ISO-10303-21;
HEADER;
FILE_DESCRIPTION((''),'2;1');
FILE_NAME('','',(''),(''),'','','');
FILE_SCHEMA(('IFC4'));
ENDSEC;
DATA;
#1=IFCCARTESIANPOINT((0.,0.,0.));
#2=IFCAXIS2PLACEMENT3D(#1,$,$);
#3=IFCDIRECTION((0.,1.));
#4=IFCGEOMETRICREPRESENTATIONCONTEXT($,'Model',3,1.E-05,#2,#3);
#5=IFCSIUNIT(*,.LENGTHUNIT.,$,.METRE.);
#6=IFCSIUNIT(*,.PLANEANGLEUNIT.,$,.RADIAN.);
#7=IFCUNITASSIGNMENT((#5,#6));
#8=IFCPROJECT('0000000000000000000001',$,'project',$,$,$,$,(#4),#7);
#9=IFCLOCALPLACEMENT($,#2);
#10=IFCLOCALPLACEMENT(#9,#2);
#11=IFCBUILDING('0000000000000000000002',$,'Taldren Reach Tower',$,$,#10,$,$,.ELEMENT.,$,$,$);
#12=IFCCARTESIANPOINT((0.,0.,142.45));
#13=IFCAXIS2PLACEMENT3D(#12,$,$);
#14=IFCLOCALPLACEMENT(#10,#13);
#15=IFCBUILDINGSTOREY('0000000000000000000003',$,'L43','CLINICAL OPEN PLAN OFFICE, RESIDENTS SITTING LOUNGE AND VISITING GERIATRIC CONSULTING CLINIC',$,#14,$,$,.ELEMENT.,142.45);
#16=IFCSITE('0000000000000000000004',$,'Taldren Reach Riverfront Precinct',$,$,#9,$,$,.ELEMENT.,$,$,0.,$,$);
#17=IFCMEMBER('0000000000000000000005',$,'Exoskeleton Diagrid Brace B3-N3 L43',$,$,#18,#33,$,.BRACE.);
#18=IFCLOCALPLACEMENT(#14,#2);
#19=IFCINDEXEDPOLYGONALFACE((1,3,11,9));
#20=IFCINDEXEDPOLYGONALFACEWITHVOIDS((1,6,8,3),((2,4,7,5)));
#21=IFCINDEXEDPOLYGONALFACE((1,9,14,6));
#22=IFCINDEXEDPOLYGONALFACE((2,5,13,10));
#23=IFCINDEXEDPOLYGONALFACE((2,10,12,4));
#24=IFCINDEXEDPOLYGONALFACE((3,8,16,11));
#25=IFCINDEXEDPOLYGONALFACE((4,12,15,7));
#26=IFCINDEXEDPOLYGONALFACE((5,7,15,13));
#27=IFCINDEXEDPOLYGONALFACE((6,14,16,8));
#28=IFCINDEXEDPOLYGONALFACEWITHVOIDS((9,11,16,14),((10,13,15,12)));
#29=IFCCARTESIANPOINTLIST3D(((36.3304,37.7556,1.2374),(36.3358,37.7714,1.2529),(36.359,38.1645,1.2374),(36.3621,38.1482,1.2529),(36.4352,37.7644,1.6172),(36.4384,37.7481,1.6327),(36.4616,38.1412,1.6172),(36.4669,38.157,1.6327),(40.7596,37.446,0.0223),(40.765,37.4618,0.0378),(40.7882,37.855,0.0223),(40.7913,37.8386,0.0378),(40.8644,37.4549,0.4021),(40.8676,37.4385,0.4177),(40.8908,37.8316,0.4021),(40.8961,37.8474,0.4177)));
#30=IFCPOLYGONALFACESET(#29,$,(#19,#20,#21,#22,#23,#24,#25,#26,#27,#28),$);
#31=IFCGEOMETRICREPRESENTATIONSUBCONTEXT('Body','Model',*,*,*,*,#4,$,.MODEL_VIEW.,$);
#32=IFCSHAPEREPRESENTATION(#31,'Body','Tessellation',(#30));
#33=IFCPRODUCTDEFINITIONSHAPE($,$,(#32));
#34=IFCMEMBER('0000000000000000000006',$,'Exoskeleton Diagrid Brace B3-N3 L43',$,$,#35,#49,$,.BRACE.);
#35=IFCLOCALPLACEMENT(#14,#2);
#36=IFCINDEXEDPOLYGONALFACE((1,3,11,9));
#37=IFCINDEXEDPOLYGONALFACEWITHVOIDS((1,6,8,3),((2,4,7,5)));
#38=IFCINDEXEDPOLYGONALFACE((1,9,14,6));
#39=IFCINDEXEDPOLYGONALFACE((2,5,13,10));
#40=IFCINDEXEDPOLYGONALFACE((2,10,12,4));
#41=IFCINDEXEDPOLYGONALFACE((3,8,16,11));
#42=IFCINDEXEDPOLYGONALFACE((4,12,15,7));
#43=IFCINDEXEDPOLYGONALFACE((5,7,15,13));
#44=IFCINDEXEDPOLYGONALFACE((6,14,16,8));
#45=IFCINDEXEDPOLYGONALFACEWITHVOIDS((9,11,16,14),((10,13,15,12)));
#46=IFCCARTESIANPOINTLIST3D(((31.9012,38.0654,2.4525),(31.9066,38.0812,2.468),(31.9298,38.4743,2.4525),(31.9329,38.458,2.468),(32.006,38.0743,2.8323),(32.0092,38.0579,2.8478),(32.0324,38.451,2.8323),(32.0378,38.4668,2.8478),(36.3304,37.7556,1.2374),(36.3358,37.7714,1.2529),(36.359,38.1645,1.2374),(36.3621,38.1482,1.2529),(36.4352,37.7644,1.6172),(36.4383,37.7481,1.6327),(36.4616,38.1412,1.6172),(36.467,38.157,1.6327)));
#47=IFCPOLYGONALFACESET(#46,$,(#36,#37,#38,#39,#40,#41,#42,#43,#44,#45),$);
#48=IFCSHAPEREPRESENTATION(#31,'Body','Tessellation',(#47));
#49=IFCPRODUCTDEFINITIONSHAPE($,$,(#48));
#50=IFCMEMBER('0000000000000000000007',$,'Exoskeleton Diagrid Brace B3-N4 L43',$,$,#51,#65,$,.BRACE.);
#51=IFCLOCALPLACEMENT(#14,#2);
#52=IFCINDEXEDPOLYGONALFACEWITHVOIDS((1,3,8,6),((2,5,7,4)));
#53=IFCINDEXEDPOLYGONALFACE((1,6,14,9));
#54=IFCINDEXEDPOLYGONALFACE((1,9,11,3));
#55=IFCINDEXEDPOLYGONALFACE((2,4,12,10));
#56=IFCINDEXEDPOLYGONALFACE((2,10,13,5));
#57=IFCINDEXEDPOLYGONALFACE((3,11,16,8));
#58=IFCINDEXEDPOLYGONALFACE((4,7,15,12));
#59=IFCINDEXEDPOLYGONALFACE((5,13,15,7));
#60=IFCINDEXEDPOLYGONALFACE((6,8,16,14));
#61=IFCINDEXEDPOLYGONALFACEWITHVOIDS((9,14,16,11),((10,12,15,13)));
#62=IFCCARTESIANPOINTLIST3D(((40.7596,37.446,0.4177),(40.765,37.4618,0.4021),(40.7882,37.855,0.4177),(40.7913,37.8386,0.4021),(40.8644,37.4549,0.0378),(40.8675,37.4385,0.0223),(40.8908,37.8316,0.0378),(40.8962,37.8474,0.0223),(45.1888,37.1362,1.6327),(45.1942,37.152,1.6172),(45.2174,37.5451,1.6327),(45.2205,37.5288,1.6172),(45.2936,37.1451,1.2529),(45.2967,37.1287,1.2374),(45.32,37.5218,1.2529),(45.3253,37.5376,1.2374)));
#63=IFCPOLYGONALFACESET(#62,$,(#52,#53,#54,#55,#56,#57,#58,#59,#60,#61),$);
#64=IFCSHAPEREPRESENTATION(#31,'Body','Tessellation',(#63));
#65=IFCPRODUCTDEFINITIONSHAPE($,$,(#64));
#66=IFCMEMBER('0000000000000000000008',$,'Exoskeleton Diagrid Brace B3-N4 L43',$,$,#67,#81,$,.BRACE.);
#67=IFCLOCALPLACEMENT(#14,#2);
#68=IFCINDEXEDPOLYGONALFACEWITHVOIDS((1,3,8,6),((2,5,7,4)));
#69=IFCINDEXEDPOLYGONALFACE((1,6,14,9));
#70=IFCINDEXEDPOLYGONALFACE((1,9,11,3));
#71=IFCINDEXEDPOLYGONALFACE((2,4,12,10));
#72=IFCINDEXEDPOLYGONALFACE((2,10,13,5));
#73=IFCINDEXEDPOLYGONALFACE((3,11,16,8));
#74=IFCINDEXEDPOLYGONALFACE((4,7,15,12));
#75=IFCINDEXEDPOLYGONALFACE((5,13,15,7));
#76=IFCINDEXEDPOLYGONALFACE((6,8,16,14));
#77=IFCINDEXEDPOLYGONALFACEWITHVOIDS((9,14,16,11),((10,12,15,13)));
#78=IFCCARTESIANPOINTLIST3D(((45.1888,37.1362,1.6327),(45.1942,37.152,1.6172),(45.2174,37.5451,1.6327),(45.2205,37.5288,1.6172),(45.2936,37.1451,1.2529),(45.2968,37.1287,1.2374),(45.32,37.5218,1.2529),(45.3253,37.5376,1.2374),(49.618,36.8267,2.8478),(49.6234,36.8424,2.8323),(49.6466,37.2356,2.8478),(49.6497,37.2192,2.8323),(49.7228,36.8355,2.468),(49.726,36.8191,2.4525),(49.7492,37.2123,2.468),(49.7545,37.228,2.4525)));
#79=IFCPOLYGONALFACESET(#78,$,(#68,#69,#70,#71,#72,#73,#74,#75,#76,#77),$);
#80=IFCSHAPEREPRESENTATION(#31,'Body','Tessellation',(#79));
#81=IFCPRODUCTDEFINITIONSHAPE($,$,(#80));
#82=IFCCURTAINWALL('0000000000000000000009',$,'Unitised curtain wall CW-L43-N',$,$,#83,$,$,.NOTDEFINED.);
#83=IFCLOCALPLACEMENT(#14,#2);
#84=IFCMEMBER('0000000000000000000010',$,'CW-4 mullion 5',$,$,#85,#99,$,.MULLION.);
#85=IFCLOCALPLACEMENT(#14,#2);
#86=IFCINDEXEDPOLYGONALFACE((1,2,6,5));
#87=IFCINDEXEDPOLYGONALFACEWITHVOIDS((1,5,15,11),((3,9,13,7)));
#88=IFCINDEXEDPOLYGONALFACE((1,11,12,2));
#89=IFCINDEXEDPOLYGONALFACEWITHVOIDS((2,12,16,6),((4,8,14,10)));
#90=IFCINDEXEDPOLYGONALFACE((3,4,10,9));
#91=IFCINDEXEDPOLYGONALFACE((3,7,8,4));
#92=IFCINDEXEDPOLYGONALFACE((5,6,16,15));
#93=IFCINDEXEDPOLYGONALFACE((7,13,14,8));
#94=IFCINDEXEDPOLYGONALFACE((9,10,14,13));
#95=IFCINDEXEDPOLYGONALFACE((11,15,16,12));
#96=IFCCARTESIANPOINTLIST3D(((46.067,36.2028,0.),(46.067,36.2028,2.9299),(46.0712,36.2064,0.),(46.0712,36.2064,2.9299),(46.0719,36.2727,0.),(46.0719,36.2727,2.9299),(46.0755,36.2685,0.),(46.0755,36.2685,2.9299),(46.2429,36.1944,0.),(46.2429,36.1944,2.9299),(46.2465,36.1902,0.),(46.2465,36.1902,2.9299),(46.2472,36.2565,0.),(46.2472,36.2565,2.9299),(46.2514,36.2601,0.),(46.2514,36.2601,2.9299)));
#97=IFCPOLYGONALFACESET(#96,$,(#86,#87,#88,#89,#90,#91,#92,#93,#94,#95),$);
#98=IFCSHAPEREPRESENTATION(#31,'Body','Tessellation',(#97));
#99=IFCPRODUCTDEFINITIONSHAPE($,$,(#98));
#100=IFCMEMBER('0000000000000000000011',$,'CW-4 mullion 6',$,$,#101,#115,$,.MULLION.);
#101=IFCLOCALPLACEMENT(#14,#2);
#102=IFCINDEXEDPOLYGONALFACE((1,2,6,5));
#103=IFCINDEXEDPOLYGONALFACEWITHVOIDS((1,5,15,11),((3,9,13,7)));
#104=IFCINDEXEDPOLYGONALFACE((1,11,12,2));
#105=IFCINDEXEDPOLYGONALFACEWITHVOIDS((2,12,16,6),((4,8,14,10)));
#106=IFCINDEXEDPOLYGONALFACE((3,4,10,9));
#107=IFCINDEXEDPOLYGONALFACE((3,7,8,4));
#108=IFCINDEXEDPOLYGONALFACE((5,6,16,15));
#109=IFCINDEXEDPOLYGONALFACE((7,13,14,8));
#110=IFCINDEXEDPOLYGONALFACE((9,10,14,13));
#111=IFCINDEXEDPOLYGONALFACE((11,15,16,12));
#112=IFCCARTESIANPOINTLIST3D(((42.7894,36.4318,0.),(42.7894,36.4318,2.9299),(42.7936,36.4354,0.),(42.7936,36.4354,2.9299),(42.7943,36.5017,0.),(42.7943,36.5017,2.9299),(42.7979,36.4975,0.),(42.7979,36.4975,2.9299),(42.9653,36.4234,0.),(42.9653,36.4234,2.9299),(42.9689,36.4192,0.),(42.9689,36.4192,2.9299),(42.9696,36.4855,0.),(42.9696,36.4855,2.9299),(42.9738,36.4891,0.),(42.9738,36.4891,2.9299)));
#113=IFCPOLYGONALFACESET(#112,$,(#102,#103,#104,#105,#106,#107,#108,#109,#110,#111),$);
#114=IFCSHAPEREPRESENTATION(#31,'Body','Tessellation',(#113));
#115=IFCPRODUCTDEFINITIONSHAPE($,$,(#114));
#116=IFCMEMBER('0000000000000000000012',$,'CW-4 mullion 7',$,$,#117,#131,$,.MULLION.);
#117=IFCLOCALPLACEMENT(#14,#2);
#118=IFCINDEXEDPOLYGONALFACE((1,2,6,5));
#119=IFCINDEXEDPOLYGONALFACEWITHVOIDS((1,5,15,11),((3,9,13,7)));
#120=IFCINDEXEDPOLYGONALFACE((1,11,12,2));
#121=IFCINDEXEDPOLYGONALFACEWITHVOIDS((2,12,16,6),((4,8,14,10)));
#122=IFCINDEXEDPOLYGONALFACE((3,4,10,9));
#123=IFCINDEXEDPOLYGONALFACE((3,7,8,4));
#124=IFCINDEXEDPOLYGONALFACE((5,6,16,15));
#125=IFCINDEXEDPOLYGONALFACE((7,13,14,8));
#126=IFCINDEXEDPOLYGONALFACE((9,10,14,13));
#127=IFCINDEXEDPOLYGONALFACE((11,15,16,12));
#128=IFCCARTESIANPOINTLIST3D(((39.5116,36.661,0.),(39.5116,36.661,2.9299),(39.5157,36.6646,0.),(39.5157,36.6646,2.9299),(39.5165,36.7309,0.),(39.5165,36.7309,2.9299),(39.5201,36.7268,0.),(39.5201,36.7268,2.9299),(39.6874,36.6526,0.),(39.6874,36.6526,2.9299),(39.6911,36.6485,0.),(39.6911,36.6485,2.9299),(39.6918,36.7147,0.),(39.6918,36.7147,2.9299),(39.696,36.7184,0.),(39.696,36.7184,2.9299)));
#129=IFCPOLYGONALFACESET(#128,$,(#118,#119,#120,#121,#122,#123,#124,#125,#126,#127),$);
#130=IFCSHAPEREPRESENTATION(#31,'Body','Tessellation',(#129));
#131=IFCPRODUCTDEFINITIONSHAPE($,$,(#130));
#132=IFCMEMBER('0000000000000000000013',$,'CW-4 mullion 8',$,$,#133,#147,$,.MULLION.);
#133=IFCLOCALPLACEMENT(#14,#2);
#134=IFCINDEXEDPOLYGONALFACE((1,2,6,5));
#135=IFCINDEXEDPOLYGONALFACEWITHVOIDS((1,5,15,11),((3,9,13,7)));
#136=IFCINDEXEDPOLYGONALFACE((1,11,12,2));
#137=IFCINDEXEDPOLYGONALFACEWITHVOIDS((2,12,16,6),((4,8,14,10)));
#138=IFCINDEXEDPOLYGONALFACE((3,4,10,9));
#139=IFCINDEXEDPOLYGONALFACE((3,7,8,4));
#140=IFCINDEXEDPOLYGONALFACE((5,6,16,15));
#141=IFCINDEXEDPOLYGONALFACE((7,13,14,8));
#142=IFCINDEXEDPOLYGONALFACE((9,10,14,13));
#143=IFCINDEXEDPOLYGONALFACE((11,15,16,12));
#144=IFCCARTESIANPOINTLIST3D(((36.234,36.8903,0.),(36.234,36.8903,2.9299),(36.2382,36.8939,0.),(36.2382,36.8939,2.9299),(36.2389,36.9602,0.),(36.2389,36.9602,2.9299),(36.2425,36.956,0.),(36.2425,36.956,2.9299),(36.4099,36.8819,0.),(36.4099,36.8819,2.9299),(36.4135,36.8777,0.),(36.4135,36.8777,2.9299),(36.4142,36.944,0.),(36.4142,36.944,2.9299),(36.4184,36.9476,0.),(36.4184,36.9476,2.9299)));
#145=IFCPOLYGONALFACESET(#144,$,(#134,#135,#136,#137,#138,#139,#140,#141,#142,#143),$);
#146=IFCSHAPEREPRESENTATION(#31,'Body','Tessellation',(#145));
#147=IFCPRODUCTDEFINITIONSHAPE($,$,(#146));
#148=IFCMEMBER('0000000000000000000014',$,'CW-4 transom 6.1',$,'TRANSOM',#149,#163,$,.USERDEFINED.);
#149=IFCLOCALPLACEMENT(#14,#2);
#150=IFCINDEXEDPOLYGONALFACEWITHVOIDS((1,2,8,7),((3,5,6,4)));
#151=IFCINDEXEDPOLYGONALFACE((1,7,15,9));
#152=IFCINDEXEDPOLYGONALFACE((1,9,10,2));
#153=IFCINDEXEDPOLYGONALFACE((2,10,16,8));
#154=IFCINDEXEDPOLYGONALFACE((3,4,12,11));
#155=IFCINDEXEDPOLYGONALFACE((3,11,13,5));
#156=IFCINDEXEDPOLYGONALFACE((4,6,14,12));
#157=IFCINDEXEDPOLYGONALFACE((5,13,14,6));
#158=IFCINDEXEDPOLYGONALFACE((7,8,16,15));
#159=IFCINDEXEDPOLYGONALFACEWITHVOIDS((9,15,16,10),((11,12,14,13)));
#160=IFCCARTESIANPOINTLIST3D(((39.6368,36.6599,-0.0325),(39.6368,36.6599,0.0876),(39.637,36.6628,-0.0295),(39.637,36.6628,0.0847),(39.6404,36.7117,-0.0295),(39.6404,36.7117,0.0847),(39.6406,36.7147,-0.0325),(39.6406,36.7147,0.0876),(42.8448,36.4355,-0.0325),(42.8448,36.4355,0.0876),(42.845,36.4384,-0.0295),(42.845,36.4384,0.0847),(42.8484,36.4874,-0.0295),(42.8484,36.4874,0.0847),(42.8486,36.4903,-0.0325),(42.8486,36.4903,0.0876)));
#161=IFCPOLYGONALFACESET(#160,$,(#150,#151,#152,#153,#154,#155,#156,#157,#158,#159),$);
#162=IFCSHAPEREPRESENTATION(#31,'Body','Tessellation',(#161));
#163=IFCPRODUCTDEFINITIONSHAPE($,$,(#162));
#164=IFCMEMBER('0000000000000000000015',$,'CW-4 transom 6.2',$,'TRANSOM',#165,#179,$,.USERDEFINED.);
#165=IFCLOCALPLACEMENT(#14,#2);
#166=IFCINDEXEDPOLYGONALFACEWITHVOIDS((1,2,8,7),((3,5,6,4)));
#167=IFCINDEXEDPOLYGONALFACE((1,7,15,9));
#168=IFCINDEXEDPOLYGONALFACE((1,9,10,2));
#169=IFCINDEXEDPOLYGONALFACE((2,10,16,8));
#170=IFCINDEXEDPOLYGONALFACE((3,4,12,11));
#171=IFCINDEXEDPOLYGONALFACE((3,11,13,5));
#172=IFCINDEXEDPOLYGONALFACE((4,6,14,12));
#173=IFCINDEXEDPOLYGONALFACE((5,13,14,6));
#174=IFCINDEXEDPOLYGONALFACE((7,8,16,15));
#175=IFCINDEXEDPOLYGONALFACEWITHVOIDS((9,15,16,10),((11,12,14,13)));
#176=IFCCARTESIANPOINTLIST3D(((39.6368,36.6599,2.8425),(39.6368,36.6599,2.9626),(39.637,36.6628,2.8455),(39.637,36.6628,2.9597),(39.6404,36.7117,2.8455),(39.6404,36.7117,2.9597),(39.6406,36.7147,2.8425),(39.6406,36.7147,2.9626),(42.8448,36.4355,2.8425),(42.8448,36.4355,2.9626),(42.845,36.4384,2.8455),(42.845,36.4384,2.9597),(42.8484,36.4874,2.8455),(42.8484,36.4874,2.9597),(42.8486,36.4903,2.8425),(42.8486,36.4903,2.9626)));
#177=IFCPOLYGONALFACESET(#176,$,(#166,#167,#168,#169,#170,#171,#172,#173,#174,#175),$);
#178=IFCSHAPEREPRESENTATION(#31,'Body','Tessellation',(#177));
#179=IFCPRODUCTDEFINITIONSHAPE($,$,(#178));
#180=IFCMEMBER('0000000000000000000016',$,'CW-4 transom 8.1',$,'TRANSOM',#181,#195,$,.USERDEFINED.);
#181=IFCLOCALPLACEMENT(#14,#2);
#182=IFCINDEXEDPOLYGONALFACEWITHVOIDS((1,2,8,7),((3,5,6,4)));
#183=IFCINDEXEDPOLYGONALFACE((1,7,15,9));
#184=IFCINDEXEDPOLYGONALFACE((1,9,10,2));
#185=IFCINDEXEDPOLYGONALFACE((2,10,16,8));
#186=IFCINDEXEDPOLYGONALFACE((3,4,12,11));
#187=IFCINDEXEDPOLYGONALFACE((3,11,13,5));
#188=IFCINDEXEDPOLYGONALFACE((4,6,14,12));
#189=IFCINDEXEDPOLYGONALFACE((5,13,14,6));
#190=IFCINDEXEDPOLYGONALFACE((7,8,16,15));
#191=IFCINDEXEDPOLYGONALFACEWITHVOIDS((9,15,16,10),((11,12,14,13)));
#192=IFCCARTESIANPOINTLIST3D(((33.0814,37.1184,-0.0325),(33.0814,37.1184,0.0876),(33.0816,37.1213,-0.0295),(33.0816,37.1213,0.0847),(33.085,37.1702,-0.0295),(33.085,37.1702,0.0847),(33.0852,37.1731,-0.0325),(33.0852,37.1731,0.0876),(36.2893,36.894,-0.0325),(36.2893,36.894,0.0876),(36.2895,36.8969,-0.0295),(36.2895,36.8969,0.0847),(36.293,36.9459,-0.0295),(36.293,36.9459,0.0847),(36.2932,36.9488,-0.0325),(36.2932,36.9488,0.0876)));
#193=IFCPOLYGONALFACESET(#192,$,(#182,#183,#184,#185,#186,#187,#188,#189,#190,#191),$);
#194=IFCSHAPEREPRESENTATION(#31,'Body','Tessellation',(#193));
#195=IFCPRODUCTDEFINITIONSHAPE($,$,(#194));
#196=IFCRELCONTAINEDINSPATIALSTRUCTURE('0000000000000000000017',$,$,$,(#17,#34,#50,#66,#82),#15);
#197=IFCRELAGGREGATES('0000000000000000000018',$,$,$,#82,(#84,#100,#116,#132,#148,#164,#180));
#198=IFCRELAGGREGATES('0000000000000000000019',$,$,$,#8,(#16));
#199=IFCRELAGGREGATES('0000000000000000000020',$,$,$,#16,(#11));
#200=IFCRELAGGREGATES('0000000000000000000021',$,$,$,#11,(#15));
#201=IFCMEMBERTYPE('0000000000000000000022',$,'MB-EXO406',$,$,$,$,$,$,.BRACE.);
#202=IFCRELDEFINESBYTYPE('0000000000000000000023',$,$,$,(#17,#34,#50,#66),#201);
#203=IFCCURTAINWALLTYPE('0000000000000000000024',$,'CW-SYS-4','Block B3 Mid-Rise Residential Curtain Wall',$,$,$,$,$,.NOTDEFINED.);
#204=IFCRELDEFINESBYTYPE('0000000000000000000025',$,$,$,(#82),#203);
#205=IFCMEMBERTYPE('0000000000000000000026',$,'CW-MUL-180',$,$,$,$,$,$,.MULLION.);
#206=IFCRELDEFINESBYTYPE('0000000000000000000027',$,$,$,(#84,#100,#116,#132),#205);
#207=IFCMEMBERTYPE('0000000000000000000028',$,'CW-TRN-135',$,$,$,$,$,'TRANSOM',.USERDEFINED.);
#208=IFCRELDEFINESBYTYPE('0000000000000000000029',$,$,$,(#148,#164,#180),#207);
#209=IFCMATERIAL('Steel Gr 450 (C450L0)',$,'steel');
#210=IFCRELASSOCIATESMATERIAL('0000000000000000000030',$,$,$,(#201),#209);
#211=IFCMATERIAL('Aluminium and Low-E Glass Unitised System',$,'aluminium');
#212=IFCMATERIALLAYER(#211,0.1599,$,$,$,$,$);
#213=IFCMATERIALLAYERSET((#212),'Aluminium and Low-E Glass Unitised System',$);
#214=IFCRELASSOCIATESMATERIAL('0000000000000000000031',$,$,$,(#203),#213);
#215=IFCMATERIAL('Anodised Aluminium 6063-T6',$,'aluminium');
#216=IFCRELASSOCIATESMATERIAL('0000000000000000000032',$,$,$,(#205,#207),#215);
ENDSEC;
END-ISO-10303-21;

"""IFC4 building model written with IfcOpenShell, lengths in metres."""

from ifc_helpers import new_model, si_unit, direction, frame, origin, origin_2d, place, context, subcontext, project, spatial, hollow_rectangle, extrude, source, transform, mapped, material, layer, layer_set, material_profile, profile_set, type_object, element, aggregate, save


model = new_model("IFC4")

# Units and contexts
model_context = context("Model", 3, precision=1e-05, world=origin(), true_north=direction((0.0, 1.0)))
body_context = subcontext(model_context, "Body", "Model", "MODEL_VIEW")
ifc_project = project(units=[si_unit("LENGTHUNIT", "METRE"), si_unit("PLANEANGLEUNIT", "RADIAN")], contexts=[model_context])

# Site, building, storey
site_placement = place(None, origin())
site = spatial("IfcSite", under=ifc_project, at=site_placement, Name="Taldren Reach Riverfront Precinct", CompositionType="ELEMENT", RefElevation=0.0)
building_placement = place(site_placement, origin())
building = spatial("IfcBuilding", under=site, at=building_placement, Name="Taldren Reach Tower", CompositionType="ELEMENT")
storey_placement = place(building_placement, frame((0.0, 0.0, 142.45)))
storey = spatial("IfcBuildingStorey", under=building, at=storey_placement, Name="L43", Description="CLINICAL OPEN PLAN OFFICE, RESIDENTS SITTING LOUNGE AND VISITING GERIATRIC CONSULTING CLINIC", CompositionType="ELEMENT", Elevation=142.45)

# Shared definitions
ifc_material_1 = material(Name="Steel Gr 450 (C450L0)", Category="steel")

# Members
ifc_material_profile_1 = material_profile(ifc_material_1, hollow_rectangle(XDim=0.4099, YDim=0.4099, WallThickness=0.0161, at=origin_2d()), Name="410x410x16.0SHS")
ifc_profile_set_1 = profile_set([ifc_material_profile_1], Name="Steel Gr 450 (C450L0)")
member_type_1 = type_object("IfcMemberType", Name="MB-EXO406", PredefinedType="BRACE", material=ifc_profile_set_1)
shared_shape_1 = source(origin(), body_context, "Body", "SweptSolid", [
    extrude(hollow_rectangle(XDim=0.4099, YDim=0.4099, WallThickness=0.0161, at=origin_2d()), origin(), (0.0, 0.0, 1.0), 4.6033),
])
for number, where, z_axis, x_axis, name in (
    (1, (40.8279, 37.6467, 0.22), (-0.962186, 0.06725, 0.263962), (-0.069723, -0.997566, 0.0), "Exoskeleton Diagrid Brace B3-N3 L43"),
    (2, (36.3987, 37.9563, 1.4351), (-0.962182, 0.067303, 0.263961), (-0.069778, -0.997563, 0.0), "Exoskeleton Diagrid Brace B3-N3 L43"),
    (3, (40.8279, 37.6467, 0.22), (0.962182, -0.067303, 0.263961), (0.069778, 0.997563, 0.0), "Exoskeleton Diagrid Brace B3-N4 L43"),
    (4, (45.2571, 37.3369, 1.4351), (0.962186, -0.06725, 0.263962), (0.069723, 0.997566, 0.0), "Exoskeleton Diagrid Brace B3-N4 L43"),
):
    element("IfcMember", number, at=place(storey_placement, frame(where, z_axis=z_axis, x_axis=x_axis)), inside=storey, type_object=member_type_1, Name=name, PredefinedType="BRACE", context=body_context, shape_type="MappedRepresentation", body=[
        mapped(shared_shape_1, transform((0.0, 0.0, 0.0), scale=1.0)),
    ])

# Curtain wall, members
ifc_material_2 = material(Name="Aluminium and Low-E Glass Unitised System", Category="aluminium")
ifc_layer_1 = layer(ifc_material_2, 0.1599)
ifc_layer_set_1 = layer_set([ifc_layer_1], Name="Aluminium and Low-E Glass Unitised System")
curtain_wall_type = type_object("IfcCurtainWallType", Name="CW-SYS-4", Description="Block B3 Mid-Rise Residential Curtain Wall", PredefinedType="NOTDEFINED", material=ifc_layer_set_1)
curtain_wall_placement = place(storey_placement, origin())
curtain_wall = element("IfcCurtainWall", 5, at=curtain_wall_placement, inside=storey, type_object=curtain_wall_type, Name="Unitised curtain wall CW-L43-N", PredefinedType="NOTDEFINED")
ifc_material_3 = material(Name="Anodised Aluminium 6063-T6", Category="aluminium")
ifc_material_profile_2 = material_profile(ifc_material_3, hollow_rectangle(XDim=0.0701, YDim=0.1799, WallThickness=0.0039, at=origin_2d()), Name="ALU-180x70x4RHS")
ifc_profile_set_2 = profile_set([ifc_material_profile_2], Name="Anodised Aluminium 6063-T6")
member_type_2 = type_object("IfcMemberType", Name="CW-MUL-180", PredefinedType="MULLION", material=ifc_profile_set_2)
shared_shape_2 = source(origin(), body_context, "Body", "SweptSolid", [
    extrude(hollow_rectangle(XDim=0.0701, YDim=0.1799, WallThickness=0.0039, at=origin_2d()), origin(), (0.0, 0.0, 1.0), 2.9299),
])
member_1_placement = place(storey_placement, frame((46.1592, 36.2314, 0.0), z_axis=(0.0, 0.0, 1.0), x_axis=(-0.069757, -0.997564, 0.0)))
member_1 = element("IfcMember", 6, at=member_1_placement, type_object=member_type_2, Name="CW-4 mullion 5", PredefinedType="MULLION", context=body_context, shape_type="MappedRepresentation", body=[
    mapped(shared_shape_2, transform((0.0, 0.0, 0.0), scale=1.0)),
])
member_2_placement = place(storey_placement, frame((42.8816, 36.4604, 0.0), z_axis=(0.0, 0.0, 1.0), x_axis=(-0.069757, -0.997564, 0.0)))
member_2 = element("IfcMember", 7, at=member_2_placement, type_object=member_type_2, Name="CW-4 mullion 6", PredefinedType="MULLION", context=body_context, shape_type="MappedRepresentation", body=[
    mapped(shared_shape_2, transform((0.0, 0.0, 0.0), scale=1.0)),
])
member_3_placement = place(storey_placement, frame((39.6038, 36.6897, 0.0), z_axis=(0.0, 0.0, 1.0), x_axis=(-0.069757, -0.997564, 0.0)))
member_3 = element("IfcMember", 8, at=member_3_placement, type_object=member_type_2, Name="CW-4 mullion 7", PredefinedType="MULLION", context=body_context, shape_type="MappedRepresentation", body=[
    mapped(shared_shape_2, transform((0.0, 0.0, 0.0), scale=1.0)),
])
member_4_placement = place(storey_placement, frame((36.3262, 36.9189, 0.0), z_axis=(0.0, 0.0, 1.0), x_axis=(-0.069757, -0.997564, 0.0)))
member_4 = element("IfcMember", 9, at=member_4_placement, type_object=member_type_2, Name="CW-4 mullion 8", PredefinedType="MULLION", context=body_context, shape_type="MappedRepresentation", body=[
    mapped(shared_shape_2, transform((0.0, 0.0, 0.0), scale=1.0)),
])
ifc_material_profile_3 = material_profile(ifc_material_3, hollow_rectangle(XDim=0.0549, YDim=0.1201, WallThickness=0.0029, at=origin_2d()), Name="ALU-120x55x3RHS")
ifc_profile_set_3 = profile_set([ifc_material_profile_3], Name="Anodised Aluminium 6063-T6")
member_type_3 = type_object("IfcMemberType", Name="CW-TRN-135", ElementType="TRANSOM", PredefinedType="USERDEFINED", material=ifc_profile_set_3)
shared_shape_3 = source(origin(), body_context, "Body", "SweptSolid", [
    extrude(hollow_rectangle(XDim=0.0549, YDim=0.1201, WallThickness=0.0029, at=origin_2d()), origin(), (0.0, 0.0, 1.0), 3.2158),
])
member_5_placement = place(storey_placement, frame((42.8467, 36.4629, 0.0276), z_axis=(-0.997563, 0.069769, 0.0), x_axis=(-0.069769, -0.997563, 0.0)))
member_5 = element("IfcMember", 10, at=member_5_placement, type_object=member_type_3, Name="CW-4 transom 6.1", ObjectType="TRANSOM", PredefinedType="USERDEFINED", context=body_context, shape_type="MappedRepresentation", body=[
    mapped(shared_shape_3, transform((0.0, 0.0, 0.0), scale=1.0)),
])
member_6_placement = place(storey_placement, frame((42.8467, 36.4629, 2.9026), z_axis=(-0.997563, 0.069769, 0.0), x_axis=(-0.069769, -0.997563, 0.0)))
member_6 = element("IfcMember", 11, at=member_6_placement, type_object=member_type_3, Name="CW-4 transom 6.2", ObjectType="TRANSOM", PredefinedType="USERDEFINED", context=body_context, shape_type="MappedRepresentation", body=[
    mapped(shared_shape_3, transform((0.0, 0.0, 0.0), scale=1.0)),
])
member_7_placement = place(storey_placement, frame((36.2913, 36.9214, 0.0276), z_axis=(-0.997563, 0.069769, 0.0), x_axis=(-0.069769, -0.997563, 0.0)))
member_7 = element("IfcMember", 12, at=member_7_placement, type_object=member_type_3, Name="CW-4 transom 8.1", ObjectType="TRANSOM", PredefinedType="USERDEFINED", context=body_context, shape_type="MappedRepresentation", body=[
    mapped(shared_shape_3, transform((0.0, 0.0, 0.0), scale=1.0)),
])

aggregate(curtain_wall, [member_1, member_2, member_3, member_4, member_5, member_6, member_7])

save(model, "model.ifc")
